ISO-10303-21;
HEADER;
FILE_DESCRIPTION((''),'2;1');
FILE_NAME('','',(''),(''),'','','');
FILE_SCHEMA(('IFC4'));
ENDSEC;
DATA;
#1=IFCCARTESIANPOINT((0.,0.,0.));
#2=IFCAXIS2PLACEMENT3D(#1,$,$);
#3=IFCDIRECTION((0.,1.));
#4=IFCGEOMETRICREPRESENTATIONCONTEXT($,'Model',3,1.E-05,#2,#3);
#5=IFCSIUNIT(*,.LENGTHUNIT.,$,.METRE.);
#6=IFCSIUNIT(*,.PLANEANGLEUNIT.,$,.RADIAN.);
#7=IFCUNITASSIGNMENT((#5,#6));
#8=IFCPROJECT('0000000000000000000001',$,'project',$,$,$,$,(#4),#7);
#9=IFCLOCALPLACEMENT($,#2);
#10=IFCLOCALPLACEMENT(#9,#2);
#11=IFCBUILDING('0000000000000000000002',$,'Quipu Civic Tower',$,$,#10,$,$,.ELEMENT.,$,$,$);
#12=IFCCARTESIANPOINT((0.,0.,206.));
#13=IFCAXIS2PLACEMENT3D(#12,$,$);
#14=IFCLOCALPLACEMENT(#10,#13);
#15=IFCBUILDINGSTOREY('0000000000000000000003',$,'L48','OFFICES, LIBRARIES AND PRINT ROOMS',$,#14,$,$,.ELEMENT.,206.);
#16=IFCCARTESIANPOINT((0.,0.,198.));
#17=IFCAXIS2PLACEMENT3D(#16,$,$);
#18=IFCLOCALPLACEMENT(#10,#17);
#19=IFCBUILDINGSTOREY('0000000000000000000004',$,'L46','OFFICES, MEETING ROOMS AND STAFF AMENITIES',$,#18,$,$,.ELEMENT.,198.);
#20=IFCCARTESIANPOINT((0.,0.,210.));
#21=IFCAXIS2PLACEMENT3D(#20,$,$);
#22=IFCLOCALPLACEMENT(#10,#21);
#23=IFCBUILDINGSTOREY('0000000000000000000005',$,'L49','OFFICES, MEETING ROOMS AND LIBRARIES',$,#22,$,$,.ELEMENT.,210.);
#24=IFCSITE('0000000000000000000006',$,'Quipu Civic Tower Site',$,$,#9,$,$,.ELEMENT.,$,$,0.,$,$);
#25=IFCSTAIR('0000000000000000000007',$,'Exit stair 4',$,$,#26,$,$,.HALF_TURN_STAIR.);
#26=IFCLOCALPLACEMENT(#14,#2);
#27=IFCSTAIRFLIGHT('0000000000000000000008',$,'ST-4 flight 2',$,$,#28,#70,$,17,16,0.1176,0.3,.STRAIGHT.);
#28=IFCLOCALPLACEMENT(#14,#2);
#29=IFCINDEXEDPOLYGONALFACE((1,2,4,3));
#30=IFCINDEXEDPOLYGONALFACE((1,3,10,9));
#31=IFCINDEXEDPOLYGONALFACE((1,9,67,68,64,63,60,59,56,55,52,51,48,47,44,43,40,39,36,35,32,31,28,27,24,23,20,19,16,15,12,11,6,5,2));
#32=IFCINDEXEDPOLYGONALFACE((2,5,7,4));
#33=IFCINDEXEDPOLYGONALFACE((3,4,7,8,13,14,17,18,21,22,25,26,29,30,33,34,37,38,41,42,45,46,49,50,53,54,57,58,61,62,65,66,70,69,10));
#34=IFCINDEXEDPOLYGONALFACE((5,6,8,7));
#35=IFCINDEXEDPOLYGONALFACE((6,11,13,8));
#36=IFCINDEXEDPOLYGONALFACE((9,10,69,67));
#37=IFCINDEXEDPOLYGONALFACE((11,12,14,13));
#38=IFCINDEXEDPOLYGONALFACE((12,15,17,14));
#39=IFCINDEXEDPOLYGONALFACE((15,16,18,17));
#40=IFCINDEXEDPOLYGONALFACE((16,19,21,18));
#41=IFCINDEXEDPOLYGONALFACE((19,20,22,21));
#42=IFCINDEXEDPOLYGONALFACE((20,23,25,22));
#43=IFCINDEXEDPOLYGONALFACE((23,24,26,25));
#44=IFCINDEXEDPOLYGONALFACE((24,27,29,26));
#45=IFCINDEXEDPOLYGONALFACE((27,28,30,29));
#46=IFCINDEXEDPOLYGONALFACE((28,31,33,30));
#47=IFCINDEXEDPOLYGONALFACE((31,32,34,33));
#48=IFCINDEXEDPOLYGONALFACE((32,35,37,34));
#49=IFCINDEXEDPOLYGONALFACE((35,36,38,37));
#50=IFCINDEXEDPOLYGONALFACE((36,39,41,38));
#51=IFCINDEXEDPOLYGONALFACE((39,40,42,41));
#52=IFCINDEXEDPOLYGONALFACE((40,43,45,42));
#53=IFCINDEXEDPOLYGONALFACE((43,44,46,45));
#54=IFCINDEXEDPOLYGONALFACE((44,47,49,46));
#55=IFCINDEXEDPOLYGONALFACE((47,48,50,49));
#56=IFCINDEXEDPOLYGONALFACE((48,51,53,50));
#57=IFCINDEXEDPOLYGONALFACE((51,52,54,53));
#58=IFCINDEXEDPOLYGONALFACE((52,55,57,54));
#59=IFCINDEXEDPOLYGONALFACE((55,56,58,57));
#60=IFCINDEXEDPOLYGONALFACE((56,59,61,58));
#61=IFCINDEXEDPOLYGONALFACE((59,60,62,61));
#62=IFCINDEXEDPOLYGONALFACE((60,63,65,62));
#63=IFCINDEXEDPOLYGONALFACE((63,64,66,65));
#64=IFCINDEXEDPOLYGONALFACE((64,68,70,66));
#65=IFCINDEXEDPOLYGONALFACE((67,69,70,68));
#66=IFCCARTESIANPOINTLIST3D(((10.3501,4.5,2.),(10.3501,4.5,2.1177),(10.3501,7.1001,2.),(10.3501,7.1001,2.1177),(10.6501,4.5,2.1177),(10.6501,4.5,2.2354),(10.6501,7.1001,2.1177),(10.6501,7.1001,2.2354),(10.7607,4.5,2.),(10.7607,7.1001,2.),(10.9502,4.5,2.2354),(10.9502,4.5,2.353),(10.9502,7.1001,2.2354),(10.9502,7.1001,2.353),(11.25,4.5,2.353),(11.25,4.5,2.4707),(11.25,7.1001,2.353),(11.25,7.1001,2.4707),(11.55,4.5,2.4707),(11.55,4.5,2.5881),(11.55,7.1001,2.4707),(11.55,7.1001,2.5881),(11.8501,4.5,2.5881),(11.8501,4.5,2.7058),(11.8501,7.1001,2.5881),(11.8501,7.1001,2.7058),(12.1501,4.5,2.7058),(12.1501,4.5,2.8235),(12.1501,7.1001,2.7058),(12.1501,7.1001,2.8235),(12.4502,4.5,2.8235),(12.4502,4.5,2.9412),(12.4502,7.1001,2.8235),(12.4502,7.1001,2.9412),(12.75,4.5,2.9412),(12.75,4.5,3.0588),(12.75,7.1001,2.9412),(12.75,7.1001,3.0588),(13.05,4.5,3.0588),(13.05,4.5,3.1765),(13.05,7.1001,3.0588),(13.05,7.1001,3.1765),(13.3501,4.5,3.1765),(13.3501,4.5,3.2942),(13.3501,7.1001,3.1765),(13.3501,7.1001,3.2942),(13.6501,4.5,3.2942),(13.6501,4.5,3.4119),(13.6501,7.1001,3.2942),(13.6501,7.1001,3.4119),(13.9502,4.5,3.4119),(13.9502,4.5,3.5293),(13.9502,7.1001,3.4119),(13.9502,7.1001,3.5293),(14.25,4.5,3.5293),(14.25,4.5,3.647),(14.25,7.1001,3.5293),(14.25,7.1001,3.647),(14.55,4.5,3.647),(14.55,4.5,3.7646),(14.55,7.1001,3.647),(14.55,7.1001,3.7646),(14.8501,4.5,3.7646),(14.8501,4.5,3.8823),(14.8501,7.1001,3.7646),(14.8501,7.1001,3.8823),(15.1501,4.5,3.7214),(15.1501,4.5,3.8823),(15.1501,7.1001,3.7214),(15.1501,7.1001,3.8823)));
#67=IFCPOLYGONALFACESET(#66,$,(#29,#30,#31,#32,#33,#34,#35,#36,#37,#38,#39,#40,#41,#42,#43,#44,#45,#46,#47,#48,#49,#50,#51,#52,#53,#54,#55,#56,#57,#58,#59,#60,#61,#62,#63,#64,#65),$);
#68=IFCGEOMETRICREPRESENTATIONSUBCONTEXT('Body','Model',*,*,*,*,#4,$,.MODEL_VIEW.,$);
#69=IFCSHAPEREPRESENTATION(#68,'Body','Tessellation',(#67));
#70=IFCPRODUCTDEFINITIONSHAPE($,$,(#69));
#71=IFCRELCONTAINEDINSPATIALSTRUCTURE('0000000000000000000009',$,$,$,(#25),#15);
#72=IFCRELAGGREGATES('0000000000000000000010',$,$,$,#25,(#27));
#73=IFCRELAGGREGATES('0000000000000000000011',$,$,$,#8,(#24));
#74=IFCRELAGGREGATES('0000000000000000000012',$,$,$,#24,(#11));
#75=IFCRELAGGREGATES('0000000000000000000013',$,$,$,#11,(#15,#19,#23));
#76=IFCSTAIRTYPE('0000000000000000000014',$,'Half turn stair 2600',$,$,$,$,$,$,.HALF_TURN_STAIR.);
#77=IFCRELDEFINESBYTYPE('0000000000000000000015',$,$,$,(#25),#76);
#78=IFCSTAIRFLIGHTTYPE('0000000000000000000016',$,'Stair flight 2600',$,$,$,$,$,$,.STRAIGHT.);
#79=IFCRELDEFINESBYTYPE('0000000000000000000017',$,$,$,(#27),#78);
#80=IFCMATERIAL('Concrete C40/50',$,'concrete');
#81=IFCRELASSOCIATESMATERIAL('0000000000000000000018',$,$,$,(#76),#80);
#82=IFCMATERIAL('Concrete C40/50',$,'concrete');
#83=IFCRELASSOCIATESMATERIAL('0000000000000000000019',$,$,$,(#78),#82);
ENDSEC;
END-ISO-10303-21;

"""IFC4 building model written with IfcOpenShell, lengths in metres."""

from ifc_helpers import new_model, si_unit, direction, frame, origin, place, context, subcontext, project, spatial, polyline, outline, extrude, material, type_object, element, aggregate, save


model = new_model("IFC4")

# Units and contexts
model_context = context("Model", 3, precision=1e-05, world=origin(), true_north=direction((0.0, 1.0)))
body_context = subcontext(model_context, "Body", "Model", "MODEL_VIEW")
ifc_project = project(units=[si_unit("LENGTHUNIT", "METRE"), si_unit("PLANEANGLEUNIT", "RADIAN")], contexts=[model_context])

# Site, building, storey
site_placement = place(None, origin())
site = spatial("IfcSite", under=ifc_project, at=site_placement, Name="Quipu Civic Tower Site", CompositionType="ELEMENT", RefElevation=0.0)
building_placement = place(site_placement, origin())
building = spatial("IfcBuilding", under=site, at=building_placement, Name="Quipu Civic Tower", CompositionType="ELEMENT")
storey_1_placement = place(building_placement, frame((0.0, 0.0, 206.0)))
storey_1 = spatial("IfcBuildingStorey", under=building, at=storey_1_placement, Name="L48", Description="OFFICES, LIBRARIES AND PRINT ROOMS", CompositionType="ELEMENT", Elevation=206.0)

# Shared definitions
storey_2_placement = place(building_placement, frame((0.0, 0.0, 198.0)))
storey_2 = spatial("IfcBuildingStorey", under=building, at=storey_2_placement, Name="L46", Description="OFFICES, MEETING ROOMS AND STAFF AMENITIES", CompositionType="ELEMENT", Elevation=198.0)

# Shared definitions
storey_3_placement = place(building_placement, frame((0.0, 0.0, 210.0)))
storey_3 = spatial("IfcBuildingStorey", under=building, at=storey_3_placement, Name="L49", Description="OFFICES, MEETING ROOMS AND LIBRARIES", CompositionType="ELEMENT", Elevation=210.0)

# Stair, stair flight
ifc_material_1 = material(Name="Concrete C40/50", Category="concrete")
stair_type = type_object("IfcStairType", Name="Half turn stair 2600", PredefinedType="HALF_TURN_STAIR", material=ifc_material_1)
stair_placement = place(storey_1_placement, origin())
stair = element("IfcStair", 1, at=stair_placement, inside=storey_1, type_object=stair_type, Name="Exit stair 4", PredefinedType="HALF_TURN_STAIR")
ifc_material_2 = material(Name="Concrete C40/50", Category="concrete")
stair_flight_type = type_object("IfcStairFlightType", Name="Stair flight 2600", PredefinedType="STRAIGHT", material=ifc_material_2)
stair_flight_1_placement = place(storey_1_placement, frame((10.3501, 5.8, 2.0), z_axis=(0.0, 0.0, 1.0), x_axis=(1.0, 0.0, 0.0)))
stair_flight_1 = element("IfcStairFlight", 2, at=stair_flight_1_placement, type_object=stair_flight_type, Name="ST-4 flight 2", NumberOfRisers=17, NumberOfTreads=16, PredefinedType="STRAIGHT", RiserHeight=0.1176, TreadLength=0.3, context=body_context, shape_type="SweptSolid", body=[
    extrude(outline(polyline([(0.0, 0.0), (0.0, 0.1177), (0.3, 0.1177), (0.3, 0.2354), (0.6001, 0.2354), (0.6001, 0.353), (0.8999, 0.353), (0.8999, 0.4707), (1.2, 0.4707), (1.2, 0.5881), (1.5, 0.5881), (1.5, 0.7058), (1.8, 0.7058), (1.8, 0.8235), (2.1001, 0.8235), (2.1001, 0.9412), (2.3999, 0.9412), (2.3999, 1.0588), (2.7, 1.0588), (2.7, 1.1765), (3.0, 1.1765), (3.0, 1.2942), (3.3, 1.2942), (3.3, 1.4119), (3.6001, 1.4119), (3.6001, 1.5293), (3.8999, 1.5293), (3.8999, 1.647), (4.2, 1.647), (4.2, 1.7646), (4.5, 1.7646), (4.5, 1.8823), (4.8, 1.8823), (4.8, 2.0), (4.8, 1.7214), (0.4106, 0.0), (0.0, 0.0)])), frame((0.0, 1.3, 0.0), z_axis=(0.0, -1.0, 0.0), x_axis=(1.0, 0.0, 0.0)), (0.0, 0.0, 1.0), 2.6001),
])
aggregate(stair, [stair_flight_1])

save(model, "model.ifc")
